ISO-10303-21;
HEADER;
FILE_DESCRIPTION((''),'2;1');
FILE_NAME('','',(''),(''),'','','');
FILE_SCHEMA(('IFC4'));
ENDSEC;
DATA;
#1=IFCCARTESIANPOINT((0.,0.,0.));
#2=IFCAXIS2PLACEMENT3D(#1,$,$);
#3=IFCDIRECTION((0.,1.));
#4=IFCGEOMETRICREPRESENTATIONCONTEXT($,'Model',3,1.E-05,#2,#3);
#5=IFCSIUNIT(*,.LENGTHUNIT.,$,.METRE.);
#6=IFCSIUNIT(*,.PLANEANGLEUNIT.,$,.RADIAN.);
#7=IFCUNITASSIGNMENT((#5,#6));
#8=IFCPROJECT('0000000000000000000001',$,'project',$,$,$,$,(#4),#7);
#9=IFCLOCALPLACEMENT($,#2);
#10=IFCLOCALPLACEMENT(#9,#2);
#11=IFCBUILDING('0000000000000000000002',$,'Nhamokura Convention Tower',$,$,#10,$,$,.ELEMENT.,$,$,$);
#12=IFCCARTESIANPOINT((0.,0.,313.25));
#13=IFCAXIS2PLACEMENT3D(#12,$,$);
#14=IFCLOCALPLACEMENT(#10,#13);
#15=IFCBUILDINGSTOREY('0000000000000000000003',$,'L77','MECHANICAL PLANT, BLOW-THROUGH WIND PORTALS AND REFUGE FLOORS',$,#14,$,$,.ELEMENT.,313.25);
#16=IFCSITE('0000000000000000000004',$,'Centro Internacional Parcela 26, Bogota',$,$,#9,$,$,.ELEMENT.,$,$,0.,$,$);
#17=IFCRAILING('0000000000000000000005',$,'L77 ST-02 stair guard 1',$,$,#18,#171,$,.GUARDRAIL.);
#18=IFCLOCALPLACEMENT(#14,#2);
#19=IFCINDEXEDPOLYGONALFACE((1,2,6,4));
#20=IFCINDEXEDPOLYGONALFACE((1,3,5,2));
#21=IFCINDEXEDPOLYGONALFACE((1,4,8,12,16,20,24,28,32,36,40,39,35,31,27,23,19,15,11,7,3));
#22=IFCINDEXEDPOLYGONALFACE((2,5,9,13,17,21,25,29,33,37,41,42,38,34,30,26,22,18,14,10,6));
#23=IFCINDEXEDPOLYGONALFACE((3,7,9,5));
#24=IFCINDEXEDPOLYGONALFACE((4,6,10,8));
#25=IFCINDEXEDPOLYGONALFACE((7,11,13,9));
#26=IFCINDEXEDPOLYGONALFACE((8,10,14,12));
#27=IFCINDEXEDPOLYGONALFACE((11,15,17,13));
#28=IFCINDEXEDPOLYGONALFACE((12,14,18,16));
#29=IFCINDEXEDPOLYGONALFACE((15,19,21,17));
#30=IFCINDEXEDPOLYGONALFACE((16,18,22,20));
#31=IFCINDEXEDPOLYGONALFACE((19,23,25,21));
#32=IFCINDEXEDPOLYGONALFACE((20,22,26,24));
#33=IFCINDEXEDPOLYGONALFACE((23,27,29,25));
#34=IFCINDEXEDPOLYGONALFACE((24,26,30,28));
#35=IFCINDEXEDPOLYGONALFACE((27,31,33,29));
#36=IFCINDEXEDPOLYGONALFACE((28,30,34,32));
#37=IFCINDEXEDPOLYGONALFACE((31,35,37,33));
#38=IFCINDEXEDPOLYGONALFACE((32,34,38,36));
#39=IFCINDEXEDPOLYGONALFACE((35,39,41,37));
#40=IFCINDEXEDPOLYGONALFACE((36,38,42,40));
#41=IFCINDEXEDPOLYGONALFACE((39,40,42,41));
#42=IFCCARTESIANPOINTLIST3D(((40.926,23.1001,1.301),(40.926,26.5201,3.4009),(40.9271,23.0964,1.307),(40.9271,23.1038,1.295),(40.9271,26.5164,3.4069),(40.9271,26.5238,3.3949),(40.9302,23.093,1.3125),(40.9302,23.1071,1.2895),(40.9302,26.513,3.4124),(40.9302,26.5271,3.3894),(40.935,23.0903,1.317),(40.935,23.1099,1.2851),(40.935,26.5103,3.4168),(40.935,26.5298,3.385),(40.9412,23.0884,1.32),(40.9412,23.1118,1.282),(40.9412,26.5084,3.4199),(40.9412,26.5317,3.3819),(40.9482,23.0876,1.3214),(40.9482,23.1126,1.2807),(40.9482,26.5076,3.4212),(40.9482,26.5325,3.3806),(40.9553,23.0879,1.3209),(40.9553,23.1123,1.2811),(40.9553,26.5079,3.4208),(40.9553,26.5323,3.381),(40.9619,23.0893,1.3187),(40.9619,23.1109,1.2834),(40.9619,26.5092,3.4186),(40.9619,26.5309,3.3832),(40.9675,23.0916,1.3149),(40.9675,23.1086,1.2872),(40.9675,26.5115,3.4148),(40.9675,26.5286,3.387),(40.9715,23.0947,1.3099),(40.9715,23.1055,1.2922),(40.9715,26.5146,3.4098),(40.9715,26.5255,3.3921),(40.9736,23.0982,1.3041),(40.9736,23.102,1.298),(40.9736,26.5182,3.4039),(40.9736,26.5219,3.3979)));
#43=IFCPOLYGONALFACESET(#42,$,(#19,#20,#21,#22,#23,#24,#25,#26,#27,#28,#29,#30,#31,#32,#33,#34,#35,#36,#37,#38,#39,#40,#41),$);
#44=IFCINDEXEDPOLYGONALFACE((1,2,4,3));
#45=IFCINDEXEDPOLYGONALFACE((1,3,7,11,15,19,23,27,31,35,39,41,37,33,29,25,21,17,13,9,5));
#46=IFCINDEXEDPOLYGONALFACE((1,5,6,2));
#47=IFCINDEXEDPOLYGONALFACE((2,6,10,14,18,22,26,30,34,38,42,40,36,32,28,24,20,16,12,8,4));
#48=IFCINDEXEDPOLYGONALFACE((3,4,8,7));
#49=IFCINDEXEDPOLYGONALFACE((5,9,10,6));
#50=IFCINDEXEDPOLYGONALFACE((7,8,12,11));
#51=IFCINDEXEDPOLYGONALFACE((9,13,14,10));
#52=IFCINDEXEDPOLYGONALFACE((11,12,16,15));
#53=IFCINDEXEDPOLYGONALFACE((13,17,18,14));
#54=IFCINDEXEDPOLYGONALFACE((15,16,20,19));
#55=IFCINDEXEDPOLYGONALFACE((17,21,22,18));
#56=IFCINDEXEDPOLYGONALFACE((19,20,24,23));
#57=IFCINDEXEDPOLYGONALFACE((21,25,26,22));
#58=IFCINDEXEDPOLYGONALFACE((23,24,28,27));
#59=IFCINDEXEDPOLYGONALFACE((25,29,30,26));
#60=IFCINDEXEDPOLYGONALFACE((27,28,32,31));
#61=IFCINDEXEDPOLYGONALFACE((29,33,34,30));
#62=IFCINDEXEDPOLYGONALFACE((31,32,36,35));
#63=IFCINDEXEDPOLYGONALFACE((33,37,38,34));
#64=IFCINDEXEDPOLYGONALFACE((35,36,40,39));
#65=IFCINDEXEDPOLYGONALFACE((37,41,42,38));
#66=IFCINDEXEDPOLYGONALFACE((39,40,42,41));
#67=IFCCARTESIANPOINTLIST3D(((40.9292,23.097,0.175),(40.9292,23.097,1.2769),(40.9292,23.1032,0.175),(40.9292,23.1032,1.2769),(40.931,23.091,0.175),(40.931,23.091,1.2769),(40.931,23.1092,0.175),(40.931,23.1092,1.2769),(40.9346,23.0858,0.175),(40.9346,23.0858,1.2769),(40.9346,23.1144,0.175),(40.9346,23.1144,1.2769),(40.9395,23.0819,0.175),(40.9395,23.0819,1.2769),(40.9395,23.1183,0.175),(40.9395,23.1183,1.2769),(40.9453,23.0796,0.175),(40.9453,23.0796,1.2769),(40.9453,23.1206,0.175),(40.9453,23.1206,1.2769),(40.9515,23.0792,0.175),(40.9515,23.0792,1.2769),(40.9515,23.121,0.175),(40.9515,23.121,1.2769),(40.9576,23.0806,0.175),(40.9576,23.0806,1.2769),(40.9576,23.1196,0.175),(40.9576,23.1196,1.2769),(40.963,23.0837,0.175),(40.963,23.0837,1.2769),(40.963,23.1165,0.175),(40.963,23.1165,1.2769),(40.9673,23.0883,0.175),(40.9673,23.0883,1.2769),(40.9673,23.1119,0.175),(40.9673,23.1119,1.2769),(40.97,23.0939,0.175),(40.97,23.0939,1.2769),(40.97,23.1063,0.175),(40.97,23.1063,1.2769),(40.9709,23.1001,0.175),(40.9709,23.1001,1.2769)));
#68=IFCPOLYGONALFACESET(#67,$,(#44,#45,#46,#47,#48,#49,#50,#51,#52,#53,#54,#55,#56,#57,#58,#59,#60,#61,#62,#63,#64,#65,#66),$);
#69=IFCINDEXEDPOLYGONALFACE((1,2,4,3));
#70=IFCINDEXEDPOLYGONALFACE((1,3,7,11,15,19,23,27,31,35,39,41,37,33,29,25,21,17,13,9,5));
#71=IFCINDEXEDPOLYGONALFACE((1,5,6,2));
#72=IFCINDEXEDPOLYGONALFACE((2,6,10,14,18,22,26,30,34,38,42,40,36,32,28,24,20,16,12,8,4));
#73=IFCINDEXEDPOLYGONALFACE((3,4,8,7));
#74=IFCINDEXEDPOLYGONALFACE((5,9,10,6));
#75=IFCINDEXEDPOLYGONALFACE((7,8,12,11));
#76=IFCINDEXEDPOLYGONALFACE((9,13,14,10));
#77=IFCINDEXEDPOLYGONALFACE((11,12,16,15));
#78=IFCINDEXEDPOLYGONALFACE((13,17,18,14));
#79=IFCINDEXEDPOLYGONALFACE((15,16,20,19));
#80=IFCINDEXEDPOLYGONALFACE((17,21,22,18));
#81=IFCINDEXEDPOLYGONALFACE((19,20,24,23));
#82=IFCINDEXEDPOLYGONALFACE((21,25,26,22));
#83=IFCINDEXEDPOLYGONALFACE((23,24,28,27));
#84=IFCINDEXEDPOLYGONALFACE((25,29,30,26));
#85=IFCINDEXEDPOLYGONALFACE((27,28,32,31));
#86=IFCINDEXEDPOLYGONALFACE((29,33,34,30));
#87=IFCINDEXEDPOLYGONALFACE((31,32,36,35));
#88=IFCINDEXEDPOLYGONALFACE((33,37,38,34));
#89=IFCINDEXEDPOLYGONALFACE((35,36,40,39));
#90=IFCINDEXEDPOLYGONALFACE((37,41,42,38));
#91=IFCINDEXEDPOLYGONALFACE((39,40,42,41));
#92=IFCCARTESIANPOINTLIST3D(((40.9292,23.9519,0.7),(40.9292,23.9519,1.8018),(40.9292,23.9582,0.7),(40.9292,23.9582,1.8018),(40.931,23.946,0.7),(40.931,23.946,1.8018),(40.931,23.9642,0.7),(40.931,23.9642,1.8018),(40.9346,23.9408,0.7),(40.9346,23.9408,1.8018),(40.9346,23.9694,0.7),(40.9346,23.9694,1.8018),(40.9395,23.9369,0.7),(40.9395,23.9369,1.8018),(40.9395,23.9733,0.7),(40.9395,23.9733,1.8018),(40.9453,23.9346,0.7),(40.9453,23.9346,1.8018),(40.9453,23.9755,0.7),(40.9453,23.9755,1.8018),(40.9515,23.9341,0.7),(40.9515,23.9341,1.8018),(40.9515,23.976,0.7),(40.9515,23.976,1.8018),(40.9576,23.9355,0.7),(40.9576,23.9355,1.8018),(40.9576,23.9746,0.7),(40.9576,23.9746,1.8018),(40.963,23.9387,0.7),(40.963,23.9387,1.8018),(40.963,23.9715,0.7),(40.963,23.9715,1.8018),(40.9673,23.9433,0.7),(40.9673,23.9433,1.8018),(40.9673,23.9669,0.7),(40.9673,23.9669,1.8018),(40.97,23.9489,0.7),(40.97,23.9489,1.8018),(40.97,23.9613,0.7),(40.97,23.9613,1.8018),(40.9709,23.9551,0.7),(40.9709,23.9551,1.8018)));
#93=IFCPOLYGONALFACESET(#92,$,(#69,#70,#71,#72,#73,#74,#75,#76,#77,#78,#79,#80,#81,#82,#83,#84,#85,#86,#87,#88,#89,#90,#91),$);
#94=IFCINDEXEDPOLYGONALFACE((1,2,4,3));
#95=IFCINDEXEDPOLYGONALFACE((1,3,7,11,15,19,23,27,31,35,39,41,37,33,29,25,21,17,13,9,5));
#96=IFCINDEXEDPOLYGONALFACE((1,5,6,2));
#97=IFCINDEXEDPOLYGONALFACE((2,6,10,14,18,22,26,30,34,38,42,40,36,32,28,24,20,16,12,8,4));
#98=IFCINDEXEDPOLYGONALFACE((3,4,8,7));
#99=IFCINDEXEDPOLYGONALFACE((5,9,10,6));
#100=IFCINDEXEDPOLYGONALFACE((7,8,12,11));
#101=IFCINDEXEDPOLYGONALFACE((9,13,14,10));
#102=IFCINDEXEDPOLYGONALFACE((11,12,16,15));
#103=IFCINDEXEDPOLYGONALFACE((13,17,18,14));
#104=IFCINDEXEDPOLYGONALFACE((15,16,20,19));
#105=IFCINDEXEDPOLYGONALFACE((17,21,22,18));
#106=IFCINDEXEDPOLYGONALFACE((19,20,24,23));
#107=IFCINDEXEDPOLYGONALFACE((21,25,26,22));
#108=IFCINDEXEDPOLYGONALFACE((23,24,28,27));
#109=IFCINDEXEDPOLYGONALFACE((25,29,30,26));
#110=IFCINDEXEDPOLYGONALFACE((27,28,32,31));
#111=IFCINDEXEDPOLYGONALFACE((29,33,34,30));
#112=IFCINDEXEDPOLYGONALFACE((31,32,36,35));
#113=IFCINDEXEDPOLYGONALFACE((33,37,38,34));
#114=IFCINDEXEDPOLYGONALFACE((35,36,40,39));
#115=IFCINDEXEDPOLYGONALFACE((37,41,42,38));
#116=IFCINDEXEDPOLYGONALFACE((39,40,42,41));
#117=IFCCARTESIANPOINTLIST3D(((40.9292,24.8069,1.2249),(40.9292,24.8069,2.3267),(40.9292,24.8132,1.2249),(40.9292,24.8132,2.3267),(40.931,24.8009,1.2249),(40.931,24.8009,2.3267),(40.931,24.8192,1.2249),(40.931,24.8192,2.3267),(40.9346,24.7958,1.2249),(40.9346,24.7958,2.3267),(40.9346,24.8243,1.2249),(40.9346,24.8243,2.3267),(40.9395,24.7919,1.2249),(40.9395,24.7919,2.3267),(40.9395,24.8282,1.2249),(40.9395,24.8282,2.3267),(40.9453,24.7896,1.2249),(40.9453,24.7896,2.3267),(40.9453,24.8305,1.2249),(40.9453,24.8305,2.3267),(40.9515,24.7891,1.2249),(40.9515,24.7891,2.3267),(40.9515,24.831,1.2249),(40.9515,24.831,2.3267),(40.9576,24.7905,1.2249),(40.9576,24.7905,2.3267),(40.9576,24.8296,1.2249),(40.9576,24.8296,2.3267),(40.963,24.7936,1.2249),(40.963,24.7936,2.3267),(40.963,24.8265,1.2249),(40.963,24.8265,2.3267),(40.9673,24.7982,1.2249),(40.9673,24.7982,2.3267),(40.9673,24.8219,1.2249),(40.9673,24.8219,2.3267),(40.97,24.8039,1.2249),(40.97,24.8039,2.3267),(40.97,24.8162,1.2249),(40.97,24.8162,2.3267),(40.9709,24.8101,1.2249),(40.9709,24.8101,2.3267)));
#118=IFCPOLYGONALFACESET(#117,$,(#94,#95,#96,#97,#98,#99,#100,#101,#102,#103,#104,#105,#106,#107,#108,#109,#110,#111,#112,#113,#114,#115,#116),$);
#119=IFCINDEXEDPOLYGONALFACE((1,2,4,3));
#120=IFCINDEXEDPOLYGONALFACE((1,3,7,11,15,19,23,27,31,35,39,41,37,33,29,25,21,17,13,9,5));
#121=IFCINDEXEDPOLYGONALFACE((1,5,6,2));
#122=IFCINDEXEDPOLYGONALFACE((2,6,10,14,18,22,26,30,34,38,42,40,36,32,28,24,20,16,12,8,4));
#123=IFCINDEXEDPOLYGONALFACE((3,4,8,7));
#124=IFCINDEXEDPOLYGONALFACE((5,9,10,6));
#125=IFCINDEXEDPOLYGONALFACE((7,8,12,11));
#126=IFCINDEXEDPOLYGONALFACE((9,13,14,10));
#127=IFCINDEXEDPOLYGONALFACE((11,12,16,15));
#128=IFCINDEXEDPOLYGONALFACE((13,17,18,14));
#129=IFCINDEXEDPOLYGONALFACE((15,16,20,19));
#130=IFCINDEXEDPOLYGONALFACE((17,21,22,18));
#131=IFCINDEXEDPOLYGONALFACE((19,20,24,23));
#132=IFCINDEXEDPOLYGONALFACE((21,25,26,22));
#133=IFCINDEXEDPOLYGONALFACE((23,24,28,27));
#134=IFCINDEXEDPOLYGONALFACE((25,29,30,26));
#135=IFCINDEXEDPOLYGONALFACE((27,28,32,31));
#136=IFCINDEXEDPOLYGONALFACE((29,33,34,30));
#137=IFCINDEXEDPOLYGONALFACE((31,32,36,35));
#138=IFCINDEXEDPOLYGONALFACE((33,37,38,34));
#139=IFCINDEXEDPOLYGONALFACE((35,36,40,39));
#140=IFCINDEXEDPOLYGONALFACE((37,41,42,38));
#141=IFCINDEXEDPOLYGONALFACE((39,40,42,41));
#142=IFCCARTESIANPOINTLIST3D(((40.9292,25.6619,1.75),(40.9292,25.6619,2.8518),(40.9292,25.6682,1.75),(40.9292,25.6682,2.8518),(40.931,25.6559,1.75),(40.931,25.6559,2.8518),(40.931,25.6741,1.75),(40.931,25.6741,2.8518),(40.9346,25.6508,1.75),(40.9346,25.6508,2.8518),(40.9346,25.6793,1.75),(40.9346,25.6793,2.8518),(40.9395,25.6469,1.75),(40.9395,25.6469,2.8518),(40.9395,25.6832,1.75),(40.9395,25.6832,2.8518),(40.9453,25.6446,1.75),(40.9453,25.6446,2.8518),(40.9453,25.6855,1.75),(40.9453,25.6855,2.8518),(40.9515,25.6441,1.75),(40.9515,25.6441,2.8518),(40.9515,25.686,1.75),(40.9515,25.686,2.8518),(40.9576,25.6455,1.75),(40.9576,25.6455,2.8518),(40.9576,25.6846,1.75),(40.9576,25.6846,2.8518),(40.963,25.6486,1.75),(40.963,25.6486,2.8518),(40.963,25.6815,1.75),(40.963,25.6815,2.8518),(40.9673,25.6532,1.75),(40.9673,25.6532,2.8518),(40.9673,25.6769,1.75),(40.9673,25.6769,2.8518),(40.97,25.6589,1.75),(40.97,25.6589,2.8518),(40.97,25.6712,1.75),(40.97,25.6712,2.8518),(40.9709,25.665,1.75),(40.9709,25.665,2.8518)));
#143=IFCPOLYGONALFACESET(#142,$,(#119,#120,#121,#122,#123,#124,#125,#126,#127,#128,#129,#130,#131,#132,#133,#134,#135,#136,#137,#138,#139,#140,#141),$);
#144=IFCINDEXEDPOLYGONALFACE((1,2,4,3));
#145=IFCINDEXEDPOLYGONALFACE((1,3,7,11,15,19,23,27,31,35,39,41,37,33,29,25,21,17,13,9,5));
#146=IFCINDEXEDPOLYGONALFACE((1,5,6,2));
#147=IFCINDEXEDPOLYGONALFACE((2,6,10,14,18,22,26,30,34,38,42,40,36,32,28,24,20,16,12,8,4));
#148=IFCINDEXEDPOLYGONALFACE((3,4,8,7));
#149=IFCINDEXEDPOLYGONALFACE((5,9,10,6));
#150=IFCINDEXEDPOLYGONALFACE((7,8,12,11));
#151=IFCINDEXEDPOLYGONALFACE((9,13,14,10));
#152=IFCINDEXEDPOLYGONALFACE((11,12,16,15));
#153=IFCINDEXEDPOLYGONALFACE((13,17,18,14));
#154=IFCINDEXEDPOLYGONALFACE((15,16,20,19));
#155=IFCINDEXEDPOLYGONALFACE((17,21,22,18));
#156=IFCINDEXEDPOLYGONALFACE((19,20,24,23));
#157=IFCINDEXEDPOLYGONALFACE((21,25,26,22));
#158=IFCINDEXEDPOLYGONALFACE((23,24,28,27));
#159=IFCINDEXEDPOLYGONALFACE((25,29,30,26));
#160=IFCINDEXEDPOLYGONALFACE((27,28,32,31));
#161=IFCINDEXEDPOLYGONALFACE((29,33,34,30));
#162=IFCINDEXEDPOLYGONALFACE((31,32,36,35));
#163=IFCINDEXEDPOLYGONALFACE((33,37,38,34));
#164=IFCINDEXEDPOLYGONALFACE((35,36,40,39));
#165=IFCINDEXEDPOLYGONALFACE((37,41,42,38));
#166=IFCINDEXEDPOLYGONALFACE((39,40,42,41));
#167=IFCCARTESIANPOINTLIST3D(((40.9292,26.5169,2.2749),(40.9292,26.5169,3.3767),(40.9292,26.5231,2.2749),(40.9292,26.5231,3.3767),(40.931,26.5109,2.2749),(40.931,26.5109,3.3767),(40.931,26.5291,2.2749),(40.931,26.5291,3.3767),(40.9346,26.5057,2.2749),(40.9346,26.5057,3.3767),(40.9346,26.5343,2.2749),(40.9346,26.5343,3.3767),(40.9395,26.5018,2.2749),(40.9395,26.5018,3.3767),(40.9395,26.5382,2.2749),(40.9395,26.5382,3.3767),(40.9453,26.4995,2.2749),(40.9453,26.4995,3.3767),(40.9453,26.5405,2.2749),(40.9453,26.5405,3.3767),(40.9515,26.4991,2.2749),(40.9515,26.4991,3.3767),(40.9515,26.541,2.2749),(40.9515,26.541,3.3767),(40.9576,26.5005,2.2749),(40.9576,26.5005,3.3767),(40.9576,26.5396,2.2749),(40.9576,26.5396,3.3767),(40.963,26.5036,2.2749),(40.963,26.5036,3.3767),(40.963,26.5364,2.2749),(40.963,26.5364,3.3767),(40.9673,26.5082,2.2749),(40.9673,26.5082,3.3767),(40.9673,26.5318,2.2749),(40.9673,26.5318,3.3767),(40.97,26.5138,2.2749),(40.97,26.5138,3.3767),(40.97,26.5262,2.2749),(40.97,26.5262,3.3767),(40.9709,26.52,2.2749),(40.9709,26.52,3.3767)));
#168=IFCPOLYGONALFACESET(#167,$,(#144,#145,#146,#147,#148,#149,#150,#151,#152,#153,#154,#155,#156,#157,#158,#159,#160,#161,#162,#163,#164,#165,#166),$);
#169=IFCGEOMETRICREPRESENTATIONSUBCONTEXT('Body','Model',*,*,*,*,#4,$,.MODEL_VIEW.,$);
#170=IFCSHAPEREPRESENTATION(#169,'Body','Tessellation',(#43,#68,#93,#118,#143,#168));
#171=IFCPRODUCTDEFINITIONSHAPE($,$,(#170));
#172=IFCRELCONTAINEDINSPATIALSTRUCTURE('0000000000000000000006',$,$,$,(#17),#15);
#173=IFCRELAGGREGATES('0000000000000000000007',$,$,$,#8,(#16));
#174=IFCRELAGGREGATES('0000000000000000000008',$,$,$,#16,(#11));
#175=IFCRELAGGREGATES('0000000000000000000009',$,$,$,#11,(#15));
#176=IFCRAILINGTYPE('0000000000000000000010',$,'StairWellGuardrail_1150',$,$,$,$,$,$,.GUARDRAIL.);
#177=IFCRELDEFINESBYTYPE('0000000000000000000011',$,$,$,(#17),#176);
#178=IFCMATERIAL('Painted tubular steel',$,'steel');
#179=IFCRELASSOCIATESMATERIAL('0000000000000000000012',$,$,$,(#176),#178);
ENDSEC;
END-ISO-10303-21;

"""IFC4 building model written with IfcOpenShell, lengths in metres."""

from ifc_helpers import new_model, si_unit, direction, frame, origin, origin_2d, place, context, subcontext, project, spatial, circle, extrude, material, type_object, element, save


model = new_model("IFC4")

# Units and contexts
model_context = context("Model", 3, precision=1e-05, world=origin(), true_north=direction((0.0, 1.0)))
body_context = subcontext(model_context, "Body", "Model", "MODEL_VIEW")
ifc_project = project(units=[si_unit("LENGTHUNIT", "METRE"), si_unit("PLANEANGLEUNIT", "RADIAN")], contexts=[model_context])

# Site, building, storey
site_placement = place(None, origin())
site = spatial("IfcSite", under=ifc_project, at=site_placement, Name="Centro Internacional Parcela 26, Bogota", CompositionType="ELEMENT", RefElevation=0.0)
building_placement = place(site_placement, origin())
building = spatial("IfcBuilding", under=site, at=building_placement, Name="Nhamokura Convention Tower", CompositionType="ELEMENT")
storey_placement = place(building_placement, frame((0.0, 0.0, 313.25)))
storey = spatial("IfcBuildingStorey", under=building, at=storey_placement, Name="L77", Description="MECHANICAL PLANT, BLOW-THROUGH WIND PORTALS AND REFUGE FLOORS", CompositionType="ELEMENT", Elevation=313.25)

# Railing
ifc_material_1 = material(Name="Painted tubular steel", Category="steel")
railing_type_1 = type_object("IfcRailingType", Name="StairWellGuardrail_1150", PredefinedType="GUARDRAIL", material=ifc_material_1)
railing_1_placement = place(storey_placement, frame((40.95, 23.1001, 0.175)))
element("IfcRailing", 1, at=railing_1_placement, inside=storey, type_object=railing_type_1, Name="L77 ST-02 stair guard 1", PredefinedType="GUARDRAIL", context=body_context, shape_type="SweptSolid", body=[
    extrude(circle(Radius=0.0239, at=origin_2d()), frame((0.0, 0.0, 1.126), z_axis=(0.0, 0.852182, 0.523245), x_axis=(-1.0, 0.0, 0.0)), (0.0, 0.0, 1.0), 4.0132),
    extrude(circle(Radius=0.021, at=origin_2d()), origin(), (0.0, 0.0, 1.0), 1.1018),
    extrude(circle(Radius=0.021, at=origin_2d()), frame((0.0, 0.855, 0.5249)), (0.0, 0.0, 1.0), 1.1018),
    extrude(circle(Radius=0.021, at=origin_2d()), frame((0.0, 1.71, 1.0498)), (0.0, 0.0, 1.0), 1.1018),
    extrude(circle(Radius=0.021, at=origin_2d()), frame((0.0, 2.5649, 1.575)), (0.0, 0.0, 1.0), 1.1018),
    extrude(circle(Radius=0.021, at=origin_2d()), frame((0.0, 3.4199, 2.0999)), (0.0, 0.0, 1.0), 1.1018),
])

save(model, "model.ifc")
